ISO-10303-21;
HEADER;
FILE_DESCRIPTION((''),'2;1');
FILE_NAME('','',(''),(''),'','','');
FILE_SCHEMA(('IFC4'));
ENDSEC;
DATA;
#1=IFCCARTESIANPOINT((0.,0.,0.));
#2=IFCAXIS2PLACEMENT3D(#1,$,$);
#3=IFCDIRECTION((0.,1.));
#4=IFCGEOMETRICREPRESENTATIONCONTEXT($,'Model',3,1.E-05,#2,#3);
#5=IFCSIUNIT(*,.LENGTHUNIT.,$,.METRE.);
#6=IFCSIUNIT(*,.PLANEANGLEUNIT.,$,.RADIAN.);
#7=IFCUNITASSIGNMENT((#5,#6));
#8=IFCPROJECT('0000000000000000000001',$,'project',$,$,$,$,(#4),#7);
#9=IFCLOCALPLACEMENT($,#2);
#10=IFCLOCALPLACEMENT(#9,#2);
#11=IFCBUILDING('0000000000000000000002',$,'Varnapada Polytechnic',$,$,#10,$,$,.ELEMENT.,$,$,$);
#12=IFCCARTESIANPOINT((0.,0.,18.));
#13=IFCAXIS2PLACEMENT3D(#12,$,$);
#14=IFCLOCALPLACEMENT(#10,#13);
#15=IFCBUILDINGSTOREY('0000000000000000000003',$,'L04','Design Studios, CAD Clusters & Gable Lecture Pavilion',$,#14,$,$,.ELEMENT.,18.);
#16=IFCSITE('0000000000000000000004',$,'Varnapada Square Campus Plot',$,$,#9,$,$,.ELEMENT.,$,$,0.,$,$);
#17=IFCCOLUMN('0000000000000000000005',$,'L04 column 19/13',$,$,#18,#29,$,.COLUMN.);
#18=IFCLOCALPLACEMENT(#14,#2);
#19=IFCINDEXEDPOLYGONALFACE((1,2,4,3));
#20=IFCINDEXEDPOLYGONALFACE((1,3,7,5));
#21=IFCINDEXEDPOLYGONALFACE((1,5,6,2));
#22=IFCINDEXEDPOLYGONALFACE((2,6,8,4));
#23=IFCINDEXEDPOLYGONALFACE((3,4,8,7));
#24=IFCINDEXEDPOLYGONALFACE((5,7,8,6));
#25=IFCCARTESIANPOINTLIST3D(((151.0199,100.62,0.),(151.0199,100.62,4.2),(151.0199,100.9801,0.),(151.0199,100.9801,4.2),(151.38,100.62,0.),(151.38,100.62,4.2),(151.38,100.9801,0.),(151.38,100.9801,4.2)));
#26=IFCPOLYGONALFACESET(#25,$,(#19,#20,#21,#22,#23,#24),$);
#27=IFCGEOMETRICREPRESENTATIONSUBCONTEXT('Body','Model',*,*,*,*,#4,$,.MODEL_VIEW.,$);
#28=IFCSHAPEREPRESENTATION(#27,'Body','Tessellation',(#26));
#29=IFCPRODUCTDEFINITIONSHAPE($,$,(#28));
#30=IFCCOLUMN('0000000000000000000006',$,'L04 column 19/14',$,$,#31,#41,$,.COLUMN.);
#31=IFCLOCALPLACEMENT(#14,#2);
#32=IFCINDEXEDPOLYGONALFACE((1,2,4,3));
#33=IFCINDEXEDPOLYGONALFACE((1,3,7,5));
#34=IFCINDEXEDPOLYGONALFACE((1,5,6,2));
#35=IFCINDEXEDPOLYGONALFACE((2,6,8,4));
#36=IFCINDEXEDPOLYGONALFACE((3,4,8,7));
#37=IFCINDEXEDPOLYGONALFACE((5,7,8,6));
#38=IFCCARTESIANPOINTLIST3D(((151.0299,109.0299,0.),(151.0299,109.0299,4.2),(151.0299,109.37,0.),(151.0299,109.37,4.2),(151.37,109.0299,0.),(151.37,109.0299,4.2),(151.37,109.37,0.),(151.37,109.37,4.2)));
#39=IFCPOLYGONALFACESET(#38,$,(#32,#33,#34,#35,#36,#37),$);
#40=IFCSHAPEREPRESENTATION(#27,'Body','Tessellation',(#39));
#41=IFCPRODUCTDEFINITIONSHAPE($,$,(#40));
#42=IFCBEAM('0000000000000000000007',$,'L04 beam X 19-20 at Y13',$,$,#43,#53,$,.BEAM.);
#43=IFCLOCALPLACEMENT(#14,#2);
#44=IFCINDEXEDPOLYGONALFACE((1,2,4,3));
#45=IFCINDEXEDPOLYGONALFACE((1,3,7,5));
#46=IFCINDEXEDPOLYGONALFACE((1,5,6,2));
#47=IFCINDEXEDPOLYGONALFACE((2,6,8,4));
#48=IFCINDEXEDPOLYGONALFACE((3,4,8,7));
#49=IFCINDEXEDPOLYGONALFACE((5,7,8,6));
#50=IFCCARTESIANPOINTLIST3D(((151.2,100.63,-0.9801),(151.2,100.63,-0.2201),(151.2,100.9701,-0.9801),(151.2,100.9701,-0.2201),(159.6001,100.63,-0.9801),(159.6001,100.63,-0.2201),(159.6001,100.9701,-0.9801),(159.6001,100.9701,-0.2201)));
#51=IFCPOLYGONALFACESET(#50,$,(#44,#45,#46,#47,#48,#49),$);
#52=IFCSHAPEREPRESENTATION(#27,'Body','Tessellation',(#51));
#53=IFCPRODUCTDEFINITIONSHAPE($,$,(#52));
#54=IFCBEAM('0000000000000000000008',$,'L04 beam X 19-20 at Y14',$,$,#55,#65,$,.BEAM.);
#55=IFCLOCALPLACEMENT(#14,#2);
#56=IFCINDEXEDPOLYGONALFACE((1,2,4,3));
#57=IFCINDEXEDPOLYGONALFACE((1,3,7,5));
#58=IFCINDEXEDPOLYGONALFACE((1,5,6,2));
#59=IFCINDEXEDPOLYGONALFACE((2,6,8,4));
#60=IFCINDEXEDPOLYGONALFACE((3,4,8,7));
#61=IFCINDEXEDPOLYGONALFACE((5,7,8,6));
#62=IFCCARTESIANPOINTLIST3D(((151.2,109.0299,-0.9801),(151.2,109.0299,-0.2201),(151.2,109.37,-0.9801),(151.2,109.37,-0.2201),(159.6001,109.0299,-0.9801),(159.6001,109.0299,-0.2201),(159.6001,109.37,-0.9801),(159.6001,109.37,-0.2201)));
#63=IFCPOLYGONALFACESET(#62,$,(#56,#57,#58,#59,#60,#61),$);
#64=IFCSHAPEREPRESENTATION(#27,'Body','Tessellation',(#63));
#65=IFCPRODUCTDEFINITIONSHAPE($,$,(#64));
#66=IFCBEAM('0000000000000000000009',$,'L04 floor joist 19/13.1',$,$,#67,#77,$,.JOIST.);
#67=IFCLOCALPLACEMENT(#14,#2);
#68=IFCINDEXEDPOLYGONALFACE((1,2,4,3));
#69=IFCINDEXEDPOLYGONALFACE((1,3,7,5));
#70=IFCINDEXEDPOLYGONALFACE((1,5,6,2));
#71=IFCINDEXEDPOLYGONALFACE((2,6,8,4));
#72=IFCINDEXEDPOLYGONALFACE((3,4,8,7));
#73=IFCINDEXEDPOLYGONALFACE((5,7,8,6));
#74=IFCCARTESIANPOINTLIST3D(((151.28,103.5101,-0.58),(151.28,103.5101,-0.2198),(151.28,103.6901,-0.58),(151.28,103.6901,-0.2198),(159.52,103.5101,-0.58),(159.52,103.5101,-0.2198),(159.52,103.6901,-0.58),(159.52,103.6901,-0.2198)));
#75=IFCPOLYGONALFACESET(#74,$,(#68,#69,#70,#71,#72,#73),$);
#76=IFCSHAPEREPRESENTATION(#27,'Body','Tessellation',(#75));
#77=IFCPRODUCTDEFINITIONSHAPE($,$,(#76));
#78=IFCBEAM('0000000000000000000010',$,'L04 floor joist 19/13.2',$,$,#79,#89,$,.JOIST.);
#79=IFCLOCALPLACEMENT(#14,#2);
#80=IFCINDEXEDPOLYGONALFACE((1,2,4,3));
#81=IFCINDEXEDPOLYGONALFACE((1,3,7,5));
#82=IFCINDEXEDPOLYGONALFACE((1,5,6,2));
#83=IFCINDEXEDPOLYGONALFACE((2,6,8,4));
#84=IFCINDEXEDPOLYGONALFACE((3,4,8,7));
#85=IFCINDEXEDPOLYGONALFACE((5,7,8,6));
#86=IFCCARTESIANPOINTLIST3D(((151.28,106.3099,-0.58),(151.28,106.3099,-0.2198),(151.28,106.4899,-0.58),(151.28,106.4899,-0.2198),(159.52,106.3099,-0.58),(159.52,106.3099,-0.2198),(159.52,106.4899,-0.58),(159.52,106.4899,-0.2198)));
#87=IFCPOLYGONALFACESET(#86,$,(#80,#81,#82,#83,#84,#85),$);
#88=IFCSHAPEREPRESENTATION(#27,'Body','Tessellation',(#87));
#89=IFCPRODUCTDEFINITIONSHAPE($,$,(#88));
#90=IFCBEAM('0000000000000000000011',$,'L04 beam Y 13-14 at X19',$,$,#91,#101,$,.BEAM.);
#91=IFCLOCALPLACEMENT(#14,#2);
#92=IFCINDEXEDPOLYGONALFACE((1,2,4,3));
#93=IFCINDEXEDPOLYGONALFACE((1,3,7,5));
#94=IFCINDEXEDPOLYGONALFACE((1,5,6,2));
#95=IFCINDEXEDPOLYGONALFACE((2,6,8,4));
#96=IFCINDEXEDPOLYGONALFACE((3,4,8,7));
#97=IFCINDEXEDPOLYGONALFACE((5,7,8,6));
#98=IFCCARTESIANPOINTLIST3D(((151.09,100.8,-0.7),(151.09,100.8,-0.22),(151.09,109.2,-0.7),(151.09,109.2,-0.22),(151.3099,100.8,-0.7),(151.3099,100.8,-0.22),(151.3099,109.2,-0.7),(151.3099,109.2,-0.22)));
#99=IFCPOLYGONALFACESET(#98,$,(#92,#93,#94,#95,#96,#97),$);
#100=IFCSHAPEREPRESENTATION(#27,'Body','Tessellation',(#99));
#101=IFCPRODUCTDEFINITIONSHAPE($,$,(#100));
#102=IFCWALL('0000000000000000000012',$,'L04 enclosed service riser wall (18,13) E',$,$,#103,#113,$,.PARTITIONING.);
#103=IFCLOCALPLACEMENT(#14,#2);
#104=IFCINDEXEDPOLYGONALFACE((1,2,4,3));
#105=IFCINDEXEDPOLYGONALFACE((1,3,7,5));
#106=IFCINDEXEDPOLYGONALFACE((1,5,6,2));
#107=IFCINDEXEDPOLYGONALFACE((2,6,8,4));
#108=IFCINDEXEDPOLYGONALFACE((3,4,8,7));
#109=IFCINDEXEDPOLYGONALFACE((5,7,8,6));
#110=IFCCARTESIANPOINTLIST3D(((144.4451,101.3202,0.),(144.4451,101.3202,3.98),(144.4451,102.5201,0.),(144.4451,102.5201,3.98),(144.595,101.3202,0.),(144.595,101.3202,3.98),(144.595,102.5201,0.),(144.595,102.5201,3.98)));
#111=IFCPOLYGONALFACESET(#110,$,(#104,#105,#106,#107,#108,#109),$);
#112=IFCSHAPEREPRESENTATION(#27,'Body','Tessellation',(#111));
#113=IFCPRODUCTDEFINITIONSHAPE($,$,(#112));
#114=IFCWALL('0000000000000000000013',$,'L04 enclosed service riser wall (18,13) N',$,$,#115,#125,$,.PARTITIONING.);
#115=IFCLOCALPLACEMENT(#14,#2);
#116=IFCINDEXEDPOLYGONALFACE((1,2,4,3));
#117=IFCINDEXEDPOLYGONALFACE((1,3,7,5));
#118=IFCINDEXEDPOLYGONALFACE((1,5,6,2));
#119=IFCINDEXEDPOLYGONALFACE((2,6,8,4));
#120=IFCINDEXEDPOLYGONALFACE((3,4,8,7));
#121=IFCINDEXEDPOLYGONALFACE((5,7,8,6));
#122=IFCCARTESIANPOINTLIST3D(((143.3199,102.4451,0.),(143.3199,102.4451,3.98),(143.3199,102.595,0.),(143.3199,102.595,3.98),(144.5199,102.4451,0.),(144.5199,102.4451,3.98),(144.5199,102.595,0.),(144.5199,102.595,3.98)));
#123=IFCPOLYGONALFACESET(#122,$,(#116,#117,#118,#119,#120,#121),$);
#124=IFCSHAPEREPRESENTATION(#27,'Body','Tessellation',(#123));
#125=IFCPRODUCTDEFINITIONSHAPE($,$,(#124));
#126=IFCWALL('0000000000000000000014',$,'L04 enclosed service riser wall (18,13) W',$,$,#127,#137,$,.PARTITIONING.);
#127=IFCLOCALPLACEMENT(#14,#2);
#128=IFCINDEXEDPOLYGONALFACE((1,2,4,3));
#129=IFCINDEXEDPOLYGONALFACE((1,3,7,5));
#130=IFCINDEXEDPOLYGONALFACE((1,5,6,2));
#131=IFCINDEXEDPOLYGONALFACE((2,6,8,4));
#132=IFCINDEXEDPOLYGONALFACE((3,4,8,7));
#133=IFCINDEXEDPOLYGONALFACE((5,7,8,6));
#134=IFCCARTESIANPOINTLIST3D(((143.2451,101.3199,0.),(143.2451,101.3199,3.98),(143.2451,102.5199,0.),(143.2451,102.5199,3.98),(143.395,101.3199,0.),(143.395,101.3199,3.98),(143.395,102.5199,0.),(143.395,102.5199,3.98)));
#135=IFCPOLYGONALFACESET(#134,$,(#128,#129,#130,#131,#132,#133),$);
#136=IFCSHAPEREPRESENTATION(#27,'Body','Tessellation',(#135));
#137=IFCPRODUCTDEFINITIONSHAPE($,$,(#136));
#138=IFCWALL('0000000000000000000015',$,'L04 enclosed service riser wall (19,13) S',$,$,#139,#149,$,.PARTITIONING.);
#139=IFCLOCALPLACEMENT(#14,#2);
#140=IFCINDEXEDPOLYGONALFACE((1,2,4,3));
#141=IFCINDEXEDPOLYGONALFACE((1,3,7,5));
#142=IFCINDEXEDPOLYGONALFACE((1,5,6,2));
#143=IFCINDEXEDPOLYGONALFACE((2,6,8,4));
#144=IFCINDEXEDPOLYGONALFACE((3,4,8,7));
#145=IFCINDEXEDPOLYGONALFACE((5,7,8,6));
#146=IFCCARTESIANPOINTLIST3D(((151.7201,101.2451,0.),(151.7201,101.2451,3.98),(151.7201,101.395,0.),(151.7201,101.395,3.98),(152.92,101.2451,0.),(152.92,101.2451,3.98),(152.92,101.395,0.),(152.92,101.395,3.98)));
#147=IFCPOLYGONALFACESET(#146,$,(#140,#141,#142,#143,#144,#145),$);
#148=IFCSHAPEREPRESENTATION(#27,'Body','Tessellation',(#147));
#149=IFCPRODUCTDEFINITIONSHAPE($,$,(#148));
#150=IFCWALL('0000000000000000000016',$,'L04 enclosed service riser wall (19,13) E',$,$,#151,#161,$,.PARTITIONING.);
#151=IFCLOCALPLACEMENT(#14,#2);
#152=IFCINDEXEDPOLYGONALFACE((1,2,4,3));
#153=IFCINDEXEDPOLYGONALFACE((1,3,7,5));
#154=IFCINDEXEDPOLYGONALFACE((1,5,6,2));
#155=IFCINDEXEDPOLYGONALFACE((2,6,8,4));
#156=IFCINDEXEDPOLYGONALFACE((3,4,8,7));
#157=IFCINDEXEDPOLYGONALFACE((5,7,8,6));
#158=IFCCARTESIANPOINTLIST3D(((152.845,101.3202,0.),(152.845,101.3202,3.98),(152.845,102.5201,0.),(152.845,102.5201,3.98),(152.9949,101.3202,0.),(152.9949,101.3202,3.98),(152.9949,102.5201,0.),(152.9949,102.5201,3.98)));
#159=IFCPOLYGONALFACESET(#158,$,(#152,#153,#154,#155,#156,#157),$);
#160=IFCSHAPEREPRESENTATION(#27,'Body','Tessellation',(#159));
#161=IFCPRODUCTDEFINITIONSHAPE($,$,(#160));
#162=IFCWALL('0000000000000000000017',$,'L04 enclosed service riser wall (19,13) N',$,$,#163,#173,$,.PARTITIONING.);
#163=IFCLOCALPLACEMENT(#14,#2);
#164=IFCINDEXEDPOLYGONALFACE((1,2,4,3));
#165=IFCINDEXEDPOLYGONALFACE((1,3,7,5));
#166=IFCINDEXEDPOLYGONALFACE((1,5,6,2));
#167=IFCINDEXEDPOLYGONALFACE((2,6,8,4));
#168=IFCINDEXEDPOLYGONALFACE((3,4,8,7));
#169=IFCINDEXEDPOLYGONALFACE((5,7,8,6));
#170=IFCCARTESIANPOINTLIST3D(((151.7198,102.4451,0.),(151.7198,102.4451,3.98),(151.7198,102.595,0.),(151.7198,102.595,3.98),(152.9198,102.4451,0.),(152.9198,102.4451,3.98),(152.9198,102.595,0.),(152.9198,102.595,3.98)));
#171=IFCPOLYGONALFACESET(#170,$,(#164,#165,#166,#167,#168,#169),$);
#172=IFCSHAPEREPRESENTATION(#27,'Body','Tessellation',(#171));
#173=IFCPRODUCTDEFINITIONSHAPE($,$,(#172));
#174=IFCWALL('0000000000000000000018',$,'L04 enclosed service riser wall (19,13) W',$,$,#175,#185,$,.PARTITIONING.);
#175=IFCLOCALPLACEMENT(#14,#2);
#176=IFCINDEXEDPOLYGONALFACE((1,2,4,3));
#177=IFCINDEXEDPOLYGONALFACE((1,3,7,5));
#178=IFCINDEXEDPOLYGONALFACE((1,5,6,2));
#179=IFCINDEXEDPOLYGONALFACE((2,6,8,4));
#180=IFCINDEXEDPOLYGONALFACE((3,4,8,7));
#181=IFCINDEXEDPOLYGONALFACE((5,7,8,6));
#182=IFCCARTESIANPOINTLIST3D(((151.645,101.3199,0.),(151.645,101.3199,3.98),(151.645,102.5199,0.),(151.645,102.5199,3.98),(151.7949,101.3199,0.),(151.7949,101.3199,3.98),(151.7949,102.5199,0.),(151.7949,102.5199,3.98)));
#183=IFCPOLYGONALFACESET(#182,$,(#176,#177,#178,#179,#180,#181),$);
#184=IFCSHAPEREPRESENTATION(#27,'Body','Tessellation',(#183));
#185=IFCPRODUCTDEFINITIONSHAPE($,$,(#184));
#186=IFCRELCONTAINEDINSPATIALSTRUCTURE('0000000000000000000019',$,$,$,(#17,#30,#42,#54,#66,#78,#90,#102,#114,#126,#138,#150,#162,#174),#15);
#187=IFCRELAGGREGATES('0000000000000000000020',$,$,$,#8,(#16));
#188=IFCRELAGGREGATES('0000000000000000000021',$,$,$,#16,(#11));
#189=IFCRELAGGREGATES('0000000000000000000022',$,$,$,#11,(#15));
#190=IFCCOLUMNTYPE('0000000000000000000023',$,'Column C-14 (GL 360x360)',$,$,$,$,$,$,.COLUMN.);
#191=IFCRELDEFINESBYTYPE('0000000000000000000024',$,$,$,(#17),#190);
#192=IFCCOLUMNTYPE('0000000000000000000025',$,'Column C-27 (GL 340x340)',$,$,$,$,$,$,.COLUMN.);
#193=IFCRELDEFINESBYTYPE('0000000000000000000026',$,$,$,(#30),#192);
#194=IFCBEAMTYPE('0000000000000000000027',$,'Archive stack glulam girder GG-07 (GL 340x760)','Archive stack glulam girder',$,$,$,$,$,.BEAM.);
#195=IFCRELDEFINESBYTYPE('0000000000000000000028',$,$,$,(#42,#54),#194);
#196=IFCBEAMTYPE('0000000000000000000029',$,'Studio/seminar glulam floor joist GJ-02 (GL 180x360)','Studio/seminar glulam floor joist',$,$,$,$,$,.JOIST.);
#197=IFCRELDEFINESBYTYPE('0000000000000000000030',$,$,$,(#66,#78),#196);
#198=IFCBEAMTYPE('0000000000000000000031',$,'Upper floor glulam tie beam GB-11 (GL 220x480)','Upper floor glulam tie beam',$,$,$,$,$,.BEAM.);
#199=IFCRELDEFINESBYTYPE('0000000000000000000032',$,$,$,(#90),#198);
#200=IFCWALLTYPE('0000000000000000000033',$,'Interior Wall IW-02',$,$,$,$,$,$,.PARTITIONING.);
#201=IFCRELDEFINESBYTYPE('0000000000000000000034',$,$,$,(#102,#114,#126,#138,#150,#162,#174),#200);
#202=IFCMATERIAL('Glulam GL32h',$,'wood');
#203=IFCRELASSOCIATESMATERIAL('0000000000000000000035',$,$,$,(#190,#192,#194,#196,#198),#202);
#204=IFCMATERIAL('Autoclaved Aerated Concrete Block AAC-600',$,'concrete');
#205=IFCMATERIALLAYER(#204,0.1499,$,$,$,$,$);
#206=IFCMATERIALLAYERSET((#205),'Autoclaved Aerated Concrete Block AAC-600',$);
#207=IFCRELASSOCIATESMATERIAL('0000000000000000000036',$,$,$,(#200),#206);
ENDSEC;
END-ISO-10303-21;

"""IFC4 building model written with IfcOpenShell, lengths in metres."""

from ifc_helpers import new_model, si_unit, direction, frame, frame_2d, origin, origin_2d, place, context, subcontext, project, spatial, rectangle, extrude, material, layer, layer_set, material_profile, profile_set, type_object, element, save


model = new_model("IFC4")

# Units and contexts
model_context = context("Model", 3, precision=1e-05, world=origin(), true_north=direction((0.0, 1.0)))
body_context = subcontext(model_context, "Body", "Model", "MODEL_VIEW")
ifc_project = project(units=[si_unit("LENGTHUNIT", "METRE"), si_unit("PLANEANGLEUNIT", "RADIAN")], contexts=[model_context])

# Site, building, storey
site_placement = place(None, origin())
site = spatial("IfcSite", under=ifc_project, at=site_placement, Name="Varnapada Square Campus Plot", CompositionType="ELEMENT", RefElevation=0.0)
building_placement = place(site_placement, origin())
building = spatial("IfcBuilding", under=site, at=building_placement, Name="Varnapada Polytechnic", CompositionType="ELEMENT")
storey_placement = place(building_placement, frame((0.0, 0.0, 18.0)))
storey = spatial("IfcBuildingStorey", under=building, at=storey_placement, Name="L04", Description="Design Studios, CAD Clusters & Gable Lecture Pavilion", CompositionType="ELEMENT", Elevation=18.0)

# Columns
ifc_material_1 = material(Name="Glulam GL32h", Category="wood")
ifc_material_profile_1 = material_profile(ifc_material_1, rectangle(XDim=0.3601, YDim=0.3601, at=origin_2d()), Name="GL 360x360")
ifc_profile_set_1 = profile_set([ifc_material_profile_1], Name="Glulam GL32h")
column_type_1 = type_object("IfcColumnType", Name="Column C-14 (GL 360x360)", PredefinedType="COLUMN", material=ifc_profile_set_1)
column_1_placement = place(storey_placement, frame((151.2, 100.8, 0.0), z_axis=(0.0, 0.0, 1.0), x_axis=(1.0, 0.0, 0.0)))
element("IfcColumn", 1, at=column_1_placement, inside=storey, type_object=column_type_1, Name="L04 column 19/13", PredefinedType="COLUMN", context=body_context, shape_type="SweptSolid", body=[
    extrude(rectangle(XDim=0.3601, YDim=0.3601, at=origin_2d()), origin(), (0.0, 0.0, 1.0), 4.2),
])
ifc_material_profile_2 = material_profile(ifc_material_1, rectangle(XDim=0.3401, YDim=0.3401, at=origin_2d()), Name="GL 340x340")
ifc_profile_set_2 = profile_set([ifc_material_profile_2], Name="Glulam GL32h")
column_type_2 = type_object("IfcColumnType", Name="Column C-27 (GL 340x340)", PredefinedType="COLUMN", material=ifc_profile_set_2)
column_2_placement = place(storey_placement, frame((151.2, 109.2, 0.0), z_axis=(0.0, 0.0, 1.0), x_axis=(1.0, 0.0, 0.0)))
element("IfcColumn", 2, at=column_2_placement, inside=storey, type_object=column_type_2, Name="L04 column 19/14", PredefinedType="COLUMN", context=body_context, shape_type="SweptSolid", body=[
    extrude(rectangle(XDim=0.3401, YDim=0.3401, at=origin_2d()), origin(), (0.0, 0.0, 1.0), 4.2),
])

# Beams
ifc_material_profile_3 = material_profile(ifc_material_1, rectangle(XDim=0.3401, YDim=0.76, at=origin_2d()), Name="GL 340x760")
ifc_profile_set_3 = profile_set([ifc_material_profile_3], Name="Glulam GL32h")
beam_type_1 = type_object("IfcBeamType", Name="Archive stack glulam girder GG-07 (GL 340x760)", Description="Archive stack glulam girder", PredefinedType="BEAM", material=ifc_profile_set_3)
for number, where, z_axis, x_axis, name in (
    (3, (151.2, 100.8, -0.6001), (1.0, 0.0, 0.0), (0.0, 1.0, 0.0), "L04 beam X 19-20 at Y13"),
    (4, (151.2, 109.2, -0.6001), (1.0, 0.0, 0.0), (0.0, 1.0, 0.0), "L04 beam X 19-20 at Y14"),
):
    element("IfcBeam", number, at=place(storey_placement, frame(where, z_axis=z_axis, x_axis=x_axis)), inside=storey, type_object=beam_type_1, Name=name, PredefinedType="BEAM", context=body_context, shape_type="SweptSolid", body=[
        extrude(rectangle(XDim=0.3401, YDim=0.76, at=origin_2d()), origin(), (0.0, 0.0, 1.0), 8.4001),
    ])
ifc_material_profile_4 = material_profile(ifc_material_1, rectangle(XDim=0.1799, YDim=0.3601, at=origin_2d()), Name="GL 180x360")
ifc_profile_set_4 = profile_set([ifc_material_profile_4], Name="Glulam GL32h")
beam_type_2 = type_object("IfcBeamType", Name="Studio/seminar glulam floor joist GJ-02 (GL 180x360)", Description="Studio/seminar glulam floor joist", PredefinedType="JOIST", material=ifc_profile_set_4)
for number, where, z_axis, x_axis, name in (
    (5, (151.28, 103.6001, -0.3999), (1.0, 0.0, 0.0), (0.0, 1.0, 0.0), "L04 floor joist 19/13.1"),
    (6, (151.28, 106.3999, -0.3999), (1.0, 0.0, 0.0), (0.0, 1.0, 0.0), "L04 floor joist 19/13.2"),
):
    element("IfcBeam", number, at=place(storey_placement, frame(where, z_axis=z_axis, x_axis=x_axis)), inside=storey, type_object=beam_type_2, Name=name, PredefinedType="JOIST", context=body_context, shape_type="SweptSolid", body=[
        extrude(rectangle(XDim=0.1799, YDim=0.3601, at=origin_2d()), origin(), (0.0, 0.0, 1.0), 8.24),
    ])
ifc_material_profile_5 = material_profile(ifc_material_1, rectangle(XDim=0.22, YDim=0.48, at=origin_2d()), Name="GL 220x480")
ifc_profile_set_5 = profile_set([ifc_material_profile_5], Name="Glulam GL32h")
beam_type_3 = type_object("IfcBeamType", Name="Upper floor glulam tie beam GB-11 (GL 220x480)", Description="Upper floor glulam tie beam", PredefinedType="BEAM", material=ifc_profile_set_5)
beam_placement = place(storey_placement, frame((151.2, 100.8, -0.46), z_axis=(0.0, 1.0, 0.0), x_axis=(-1.0, 0.0, 0.0)))
element("IfcBeam", 7, at=beam_placement, inside=storey, type_object=beam_type_3, Name="L04 beam Y 13-14 at X19", PredefinedType="BEAM", context=body_context, shape_type="SweptSolid", body=[
    extrude(rectangle(XDim=0.22, YDim=0.48, at=origin_2d()), origin(), (0.0, 0.0, 1.0), 8.3999),
])

# Walls
ifc_material_2 = material(Name="Autoclaved Aerated Concrete Block AAC-600", Category="concrete")
ifc_layer_1 = layer(ifc_material_2, 0.1499)
ifc_layer_set_1 = layer_set([ifc_layer_1], Name="Autoclaved Aerated Concrete Block AAC-600")
wall_type_1 = type_object("IfcWallType", Name="Interior Wall IW-02", PredefinedType="PARTITIONING", material=ifc_layer_set_1)
for number, where, z_axis, x_axis, name in (
    (8, (144.52, 101.3201, 0.0), (0.0, 0.0, 1.0), (0.0, 1.0, 0.0), "L04 enclosed service riser wall (18,13) E"),
    (9, (144.52, 102.52, 0.0), (0.0, 0.0, 1.0), (-1.0, 0.0, 0.0), "L04 enclosed service riser wall (18,13) N"),
    (10, (143.3201, 102.52, 0.0), (0.0, 0.0, 1.0), (0.0, -1.0, 0.0), "L04 enclosed service riser wall (18,13) W"),
    (11, (151.72, 101.3201, 0.0), (0.0, 0.0, 1.0), (1.0, 0.0, 0.0), "L04 enclosed service riser wall (19,13) S"),
    (12, (152.9199, 101.3201, 0.0), (0.0, 0.0, 1.0), (0.0, 1.0, 0.0), "L04 enclosed service riser wall (19,13) E"),
    (13, (152.9199, 102.52, 0.0), (0.0, 0.0, 1.0), (-1.0, 0.0, 0.0), "L04 enclosed service riser wall (19,13) N"),
    (14, (151.72, 102.52, 0.0), (0.0, 0.0, 1.0), (0.0, -1.0, 0.0), "L04 enclosed service riser wall (19,13) W"),
):
    element("IfcWall", number, at=place(storey_placement, frame(where, z_axis=z_axis, x_axis=x_axis)), inside=storey, type_object=wall_type_1, Name=name, PredefinedType="PARTITIONING", context=body_context, shape_type="SweptSolid", body=[
        extrude(rectangle(XDim=1.2, YDim=0.1499, at=frame_2d((0.6001, 0.0))), origin(), (0.0, 0.0, 1.0), 3.98),
    ])

save(model, "model.ifc")
